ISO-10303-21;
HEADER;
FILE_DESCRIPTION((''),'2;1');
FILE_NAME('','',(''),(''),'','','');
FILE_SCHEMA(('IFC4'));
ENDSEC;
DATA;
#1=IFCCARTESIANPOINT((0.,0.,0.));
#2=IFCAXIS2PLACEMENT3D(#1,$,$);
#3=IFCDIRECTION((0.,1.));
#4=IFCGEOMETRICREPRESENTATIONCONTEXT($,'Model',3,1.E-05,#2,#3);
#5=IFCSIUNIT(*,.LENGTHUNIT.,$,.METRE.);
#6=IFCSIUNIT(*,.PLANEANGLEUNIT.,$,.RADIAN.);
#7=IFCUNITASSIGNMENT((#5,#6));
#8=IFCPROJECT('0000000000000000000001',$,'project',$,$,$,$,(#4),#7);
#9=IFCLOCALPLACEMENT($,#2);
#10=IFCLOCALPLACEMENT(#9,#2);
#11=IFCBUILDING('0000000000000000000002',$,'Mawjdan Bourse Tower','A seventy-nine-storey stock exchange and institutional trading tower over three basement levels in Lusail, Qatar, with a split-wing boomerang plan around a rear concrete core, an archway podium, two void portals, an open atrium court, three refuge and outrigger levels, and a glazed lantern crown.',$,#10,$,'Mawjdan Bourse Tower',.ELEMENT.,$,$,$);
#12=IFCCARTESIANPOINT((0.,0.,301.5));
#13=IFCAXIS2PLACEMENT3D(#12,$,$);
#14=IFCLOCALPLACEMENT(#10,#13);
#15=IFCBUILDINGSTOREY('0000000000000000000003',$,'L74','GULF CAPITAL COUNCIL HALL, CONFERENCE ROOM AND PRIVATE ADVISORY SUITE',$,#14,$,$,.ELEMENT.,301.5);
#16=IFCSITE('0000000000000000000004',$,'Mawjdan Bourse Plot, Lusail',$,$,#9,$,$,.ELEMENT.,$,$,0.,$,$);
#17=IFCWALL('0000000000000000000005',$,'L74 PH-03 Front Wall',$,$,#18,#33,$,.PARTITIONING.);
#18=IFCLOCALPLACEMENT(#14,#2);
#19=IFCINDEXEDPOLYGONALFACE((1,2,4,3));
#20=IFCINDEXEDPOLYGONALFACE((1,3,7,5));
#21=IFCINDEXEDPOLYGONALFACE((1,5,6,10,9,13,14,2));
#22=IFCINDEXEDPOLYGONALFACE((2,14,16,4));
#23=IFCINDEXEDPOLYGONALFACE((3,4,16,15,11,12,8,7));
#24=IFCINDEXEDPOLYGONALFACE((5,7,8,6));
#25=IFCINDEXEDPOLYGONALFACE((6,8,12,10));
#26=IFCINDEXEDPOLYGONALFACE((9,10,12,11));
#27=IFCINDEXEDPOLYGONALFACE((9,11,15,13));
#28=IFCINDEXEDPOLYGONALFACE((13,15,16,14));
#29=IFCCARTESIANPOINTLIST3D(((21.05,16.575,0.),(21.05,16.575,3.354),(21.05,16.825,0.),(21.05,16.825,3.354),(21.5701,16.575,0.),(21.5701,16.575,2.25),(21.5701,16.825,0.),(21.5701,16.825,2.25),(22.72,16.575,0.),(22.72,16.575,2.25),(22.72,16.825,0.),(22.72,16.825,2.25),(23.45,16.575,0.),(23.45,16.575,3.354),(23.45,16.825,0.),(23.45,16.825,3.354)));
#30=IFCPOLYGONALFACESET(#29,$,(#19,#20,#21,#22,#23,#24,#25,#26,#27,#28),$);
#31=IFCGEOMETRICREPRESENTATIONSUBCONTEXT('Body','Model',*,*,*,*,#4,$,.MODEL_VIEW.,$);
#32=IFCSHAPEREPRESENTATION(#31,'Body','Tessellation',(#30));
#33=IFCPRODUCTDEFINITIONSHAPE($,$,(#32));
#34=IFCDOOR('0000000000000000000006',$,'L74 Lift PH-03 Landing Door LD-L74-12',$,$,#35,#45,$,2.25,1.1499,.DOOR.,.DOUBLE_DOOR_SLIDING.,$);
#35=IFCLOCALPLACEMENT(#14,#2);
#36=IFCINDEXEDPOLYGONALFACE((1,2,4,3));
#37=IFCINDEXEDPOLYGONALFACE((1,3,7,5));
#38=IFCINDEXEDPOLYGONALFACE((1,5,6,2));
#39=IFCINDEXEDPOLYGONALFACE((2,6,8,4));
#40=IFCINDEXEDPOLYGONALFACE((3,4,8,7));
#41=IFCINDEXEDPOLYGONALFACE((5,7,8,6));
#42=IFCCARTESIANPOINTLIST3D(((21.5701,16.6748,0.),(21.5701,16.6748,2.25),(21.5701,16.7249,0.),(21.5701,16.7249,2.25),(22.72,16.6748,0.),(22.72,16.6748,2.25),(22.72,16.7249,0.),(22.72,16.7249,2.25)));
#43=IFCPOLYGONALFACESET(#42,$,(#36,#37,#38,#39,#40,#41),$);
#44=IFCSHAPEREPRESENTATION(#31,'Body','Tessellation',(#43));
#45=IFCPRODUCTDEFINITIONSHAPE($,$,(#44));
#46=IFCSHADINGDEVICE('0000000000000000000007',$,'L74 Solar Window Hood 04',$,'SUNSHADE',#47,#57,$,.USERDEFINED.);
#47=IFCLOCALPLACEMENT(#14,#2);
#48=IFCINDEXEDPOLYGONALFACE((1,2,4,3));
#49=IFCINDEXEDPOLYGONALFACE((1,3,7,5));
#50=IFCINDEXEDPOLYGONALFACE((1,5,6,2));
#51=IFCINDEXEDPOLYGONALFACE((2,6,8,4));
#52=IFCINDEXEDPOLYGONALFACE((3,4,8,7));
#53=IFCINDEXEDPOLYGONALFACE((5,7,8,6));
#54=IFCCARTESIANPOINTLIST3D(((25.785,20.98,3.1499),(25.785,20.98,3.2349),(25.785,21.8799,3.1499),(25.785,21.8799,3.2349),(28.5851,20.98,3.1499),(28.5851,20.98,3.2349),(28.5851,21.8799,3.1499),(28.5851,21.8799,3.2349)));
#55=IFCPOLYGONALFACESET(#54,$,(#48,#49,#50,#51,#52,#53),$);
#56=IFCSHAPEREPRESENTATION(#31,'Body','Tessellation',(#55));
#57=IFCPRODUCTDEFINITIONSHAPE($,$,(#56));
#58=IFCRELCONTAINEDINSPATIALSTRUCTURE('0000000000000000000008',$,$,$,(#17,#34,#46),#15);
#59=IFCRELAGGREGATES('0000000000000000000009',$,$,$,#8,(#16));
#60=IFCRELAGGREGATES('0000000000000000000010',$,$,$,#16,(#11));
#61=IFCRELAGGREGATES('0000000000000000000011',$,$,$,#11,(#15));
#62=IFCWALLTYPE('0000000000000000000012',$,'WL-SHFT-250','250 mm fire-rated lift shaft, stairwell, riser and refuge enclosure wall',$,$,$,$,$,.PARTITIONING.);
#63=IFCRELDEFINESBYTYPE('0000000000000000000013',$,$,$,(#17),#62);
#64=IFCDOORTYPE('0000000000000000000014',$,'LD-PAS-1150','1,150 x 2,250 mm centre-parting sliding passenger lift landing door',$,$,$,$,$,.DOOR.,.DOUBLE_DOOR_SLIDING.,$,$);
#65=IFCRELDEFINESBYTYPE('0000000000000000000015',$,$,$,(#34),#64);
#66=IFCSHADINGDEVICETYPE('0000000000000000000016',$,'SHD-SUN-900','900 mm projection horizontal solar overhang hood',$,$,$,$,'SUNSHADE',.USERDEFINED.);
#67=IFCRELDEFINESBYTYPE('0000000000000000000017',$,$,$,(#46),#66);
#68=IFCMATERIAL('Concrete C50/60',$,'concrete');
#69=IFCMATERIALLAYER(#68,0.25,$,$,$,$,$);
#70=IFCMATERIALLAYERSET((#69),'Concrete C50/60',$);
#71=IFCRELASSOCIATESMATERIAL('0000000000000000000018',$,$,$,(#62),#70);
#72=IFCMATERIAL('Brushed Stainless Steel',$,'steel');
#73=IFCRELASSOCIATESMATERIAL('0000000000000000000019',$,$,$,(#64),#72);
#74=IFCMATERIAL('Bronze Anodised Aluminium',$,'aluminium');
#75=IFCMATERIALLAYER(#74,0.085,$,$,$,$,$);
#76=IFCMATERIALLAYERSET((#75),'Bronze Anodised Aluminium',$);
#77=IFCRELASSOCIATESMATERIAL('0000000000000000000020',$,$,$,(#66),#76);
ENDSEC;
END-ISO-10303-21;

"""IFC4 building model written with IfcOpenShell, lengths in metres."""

from ifc_helpers import new_model, si_unit, direction, frame, frame_2d, origin, origin_2d, place, context, subcontext, project, spatial, rectangle, extrude, material, layer, layer_set, type_object, element, fill, save


model = new_model("IFC4")

# Units and contexts
model_context = context("Model", 3, precision=1e-05, world=origin(), true_north=direction((0.0, 1.0)))
body_context = subcontext(model_context, "Body", "Model", "MODEL_VIEW")
ifc_project = project(units=[si_unit("LENGTHUNIT", "METRE"), si_unit("PLANEANGLEUNIT", "RADIAN")], contexts=[model_context])

# Site, building, storey
site_placement = place(None, origin())
site = spatial("IfcSite", under=ifc_project, at=site_placement, Name="Mawjdan Bourse Plot, Lusail", CompositionType="ELEMENT", RefElevation=0.0)
building_placement = place(site_placement, origin())
building = spatial("IfcBuilding", under=site, at=building_placement, Name="Mawjdan Bourse Tower", Description="A seventy-nine-storey stock exchange and institutional trading tower over three basement levels in Lusail, Qatar, with a split-wing boomerang plan around a rear concrete core, an archway podium, two void portals, an open atrium court, three refuge and outrigger levels, and a glazed lantern crown.", LongName="Mawjdan Bourse Tower", CompositionType="ELEMENT")
storey_placement = place(building_placement, frame((0.0, 0.0, 301.5)))
storey = spatial("IfcBuildingStorey", under=building, at=storey_placement, Name="L74", Description="GULF CAPITAL COUNCIL HALL, CONFERENCE ROOM AND PRIVATE ADVISORY SUITE", CompositionType="ELEMENT", Elevation=301.5)

# Wall, opening, door
ifc_material_1 = material(Name="Concrete C50/60", Category="concrete")
ifc_layer_1 = layer(ifc_material_1, 0.25)
ifc_layer_set_1 = layer_set([ifc_layer_1], Name="Concrete C50/60")
wall_type_1 = type_object("IfcWallType", Name="WL-SHFT-250", Description="250 mm fire-rated lift shaft, stairwell, riser and refuge enclosure wall", PredefinedType="PARTITIONING", material=ifc_layer_set_1)
wall_1_placement = place(storey_placement, frame((21.05, 16.7, 0.0), z_axis=(0.0, 0.0, 1.0), x_axis=(1.0, 0.0, 0.0)))
wall_1 = element("IfcWall", 1, at=wall_1_placement, inside=storey, type_object=wall_type_1, Name="L74 PH-03 Front Wall", PredefinedType="PARTITIONING", context=body_context, shape_type="SweptSolid", body=[
    extrude(rectangle(XDim=2.3999, YDim=0.25, at=frame_2d((1.2, 0.0))), origin(), (0.0, 0.0, 1.0), 3.354),
])
opening_1_placement = place(wall_1_placement, frame((0.52, 0.0, 0.0)))
opening_1 = element("IfcOpeningElement", 2, at=opening_1_placement, cuts=wall_1, PredefinedType="OPENING", context=body_context, shape_type="SweptSolid", body=[
    extrude(rectangle(XDim=1.1499, YDim=2.25, at=frame_2d((0.575, 1.125))), frame((0.0, 0.135, 0.0), z_axis=(0.0, -1.0, 0.0), x_axis=(1.0, 0.0, 0.0)), (0.0, 0.0, 1.0), 0.27),
])
ifc_material_2 = material(Name="Brushed Stainless Steel", Category="steel")
door_type_1 = type_object("IfcDoorType", Name="LD-PAS-1150", Description="1,150 x 2,250 mm centre-parting sliding passenger lift landing door", OperationType="DOUBLE_DOOR_SLIDING", PredefinedType="DOOR", material=ifc_material_2)
door_1_placement = place(opening_1_placement, origin())
door_1 = element("IfcDoor", 3, at=door_1_placement, inside=storey, type_object=door_type_1, Name="L74 Lift PH-03 Landing Door LD-L74-12", OperationType="DOUBLE_DOOR_SLIDING", OverallHeight=2.25, OverallWidth=1.1499, PredefinedType="DOOR", context=body_context, shape_type="SweptSolid", body=[
    extrude(rectangle(XDim=1.1499, YDim=2.25, at=frame_2d((0.575, 1.125))), frame((0.0, 0.0249, 0.0), z_axis=(0.0, -1.0, 0.0), x_axis=(1.0, 0.0, 0.0)), (0.0, 0.0, 1.0), 0.05),
])
fill(opening_1, door_1)

# Shading device
ifc_material_3 = material(Name="Bronze Anodised Aluminium", Category="aluminium")
ifc_layer_2 = layer(ifc_material_3, 0.085)
ifc_layer_set_2 = layer_set([ifc_layer_2], Name="Bronze Anodised Aluminium")
shading_device_type = type_object("IfcShadingDeviceType", Name="SHD-SUN-900", Description="900 mm projection horizontal solar overhang hood", ElementType="SUNSHADE", PredefinedType="USERDEFINED", material=ifc_layer_set_2)
shading_device_placement = place(storey_placement, frame((27.1851, 21.4299, 3.1499), z_axis=(0.0, 0.0, 1.0), x_axis=(-1.0, 0.0, 0.0)))
element("IfcShadingDevice", 4, at=shading_device_placement, inside=storey, type_object=shading_device_type, Name="L74 Solar Window Hood 04", ObjectType="SUNSHADE", PredefinedType="USERDEFINED", context=body_context, shape_type="SweptSolid", body=[
    extrude(rectangle(XDim=2.8, YDim=0.8999, at=origin_2d()), origin(), (0.0, 0.0, 1.0), 0.085),
])

save(model, "model.ifc")
